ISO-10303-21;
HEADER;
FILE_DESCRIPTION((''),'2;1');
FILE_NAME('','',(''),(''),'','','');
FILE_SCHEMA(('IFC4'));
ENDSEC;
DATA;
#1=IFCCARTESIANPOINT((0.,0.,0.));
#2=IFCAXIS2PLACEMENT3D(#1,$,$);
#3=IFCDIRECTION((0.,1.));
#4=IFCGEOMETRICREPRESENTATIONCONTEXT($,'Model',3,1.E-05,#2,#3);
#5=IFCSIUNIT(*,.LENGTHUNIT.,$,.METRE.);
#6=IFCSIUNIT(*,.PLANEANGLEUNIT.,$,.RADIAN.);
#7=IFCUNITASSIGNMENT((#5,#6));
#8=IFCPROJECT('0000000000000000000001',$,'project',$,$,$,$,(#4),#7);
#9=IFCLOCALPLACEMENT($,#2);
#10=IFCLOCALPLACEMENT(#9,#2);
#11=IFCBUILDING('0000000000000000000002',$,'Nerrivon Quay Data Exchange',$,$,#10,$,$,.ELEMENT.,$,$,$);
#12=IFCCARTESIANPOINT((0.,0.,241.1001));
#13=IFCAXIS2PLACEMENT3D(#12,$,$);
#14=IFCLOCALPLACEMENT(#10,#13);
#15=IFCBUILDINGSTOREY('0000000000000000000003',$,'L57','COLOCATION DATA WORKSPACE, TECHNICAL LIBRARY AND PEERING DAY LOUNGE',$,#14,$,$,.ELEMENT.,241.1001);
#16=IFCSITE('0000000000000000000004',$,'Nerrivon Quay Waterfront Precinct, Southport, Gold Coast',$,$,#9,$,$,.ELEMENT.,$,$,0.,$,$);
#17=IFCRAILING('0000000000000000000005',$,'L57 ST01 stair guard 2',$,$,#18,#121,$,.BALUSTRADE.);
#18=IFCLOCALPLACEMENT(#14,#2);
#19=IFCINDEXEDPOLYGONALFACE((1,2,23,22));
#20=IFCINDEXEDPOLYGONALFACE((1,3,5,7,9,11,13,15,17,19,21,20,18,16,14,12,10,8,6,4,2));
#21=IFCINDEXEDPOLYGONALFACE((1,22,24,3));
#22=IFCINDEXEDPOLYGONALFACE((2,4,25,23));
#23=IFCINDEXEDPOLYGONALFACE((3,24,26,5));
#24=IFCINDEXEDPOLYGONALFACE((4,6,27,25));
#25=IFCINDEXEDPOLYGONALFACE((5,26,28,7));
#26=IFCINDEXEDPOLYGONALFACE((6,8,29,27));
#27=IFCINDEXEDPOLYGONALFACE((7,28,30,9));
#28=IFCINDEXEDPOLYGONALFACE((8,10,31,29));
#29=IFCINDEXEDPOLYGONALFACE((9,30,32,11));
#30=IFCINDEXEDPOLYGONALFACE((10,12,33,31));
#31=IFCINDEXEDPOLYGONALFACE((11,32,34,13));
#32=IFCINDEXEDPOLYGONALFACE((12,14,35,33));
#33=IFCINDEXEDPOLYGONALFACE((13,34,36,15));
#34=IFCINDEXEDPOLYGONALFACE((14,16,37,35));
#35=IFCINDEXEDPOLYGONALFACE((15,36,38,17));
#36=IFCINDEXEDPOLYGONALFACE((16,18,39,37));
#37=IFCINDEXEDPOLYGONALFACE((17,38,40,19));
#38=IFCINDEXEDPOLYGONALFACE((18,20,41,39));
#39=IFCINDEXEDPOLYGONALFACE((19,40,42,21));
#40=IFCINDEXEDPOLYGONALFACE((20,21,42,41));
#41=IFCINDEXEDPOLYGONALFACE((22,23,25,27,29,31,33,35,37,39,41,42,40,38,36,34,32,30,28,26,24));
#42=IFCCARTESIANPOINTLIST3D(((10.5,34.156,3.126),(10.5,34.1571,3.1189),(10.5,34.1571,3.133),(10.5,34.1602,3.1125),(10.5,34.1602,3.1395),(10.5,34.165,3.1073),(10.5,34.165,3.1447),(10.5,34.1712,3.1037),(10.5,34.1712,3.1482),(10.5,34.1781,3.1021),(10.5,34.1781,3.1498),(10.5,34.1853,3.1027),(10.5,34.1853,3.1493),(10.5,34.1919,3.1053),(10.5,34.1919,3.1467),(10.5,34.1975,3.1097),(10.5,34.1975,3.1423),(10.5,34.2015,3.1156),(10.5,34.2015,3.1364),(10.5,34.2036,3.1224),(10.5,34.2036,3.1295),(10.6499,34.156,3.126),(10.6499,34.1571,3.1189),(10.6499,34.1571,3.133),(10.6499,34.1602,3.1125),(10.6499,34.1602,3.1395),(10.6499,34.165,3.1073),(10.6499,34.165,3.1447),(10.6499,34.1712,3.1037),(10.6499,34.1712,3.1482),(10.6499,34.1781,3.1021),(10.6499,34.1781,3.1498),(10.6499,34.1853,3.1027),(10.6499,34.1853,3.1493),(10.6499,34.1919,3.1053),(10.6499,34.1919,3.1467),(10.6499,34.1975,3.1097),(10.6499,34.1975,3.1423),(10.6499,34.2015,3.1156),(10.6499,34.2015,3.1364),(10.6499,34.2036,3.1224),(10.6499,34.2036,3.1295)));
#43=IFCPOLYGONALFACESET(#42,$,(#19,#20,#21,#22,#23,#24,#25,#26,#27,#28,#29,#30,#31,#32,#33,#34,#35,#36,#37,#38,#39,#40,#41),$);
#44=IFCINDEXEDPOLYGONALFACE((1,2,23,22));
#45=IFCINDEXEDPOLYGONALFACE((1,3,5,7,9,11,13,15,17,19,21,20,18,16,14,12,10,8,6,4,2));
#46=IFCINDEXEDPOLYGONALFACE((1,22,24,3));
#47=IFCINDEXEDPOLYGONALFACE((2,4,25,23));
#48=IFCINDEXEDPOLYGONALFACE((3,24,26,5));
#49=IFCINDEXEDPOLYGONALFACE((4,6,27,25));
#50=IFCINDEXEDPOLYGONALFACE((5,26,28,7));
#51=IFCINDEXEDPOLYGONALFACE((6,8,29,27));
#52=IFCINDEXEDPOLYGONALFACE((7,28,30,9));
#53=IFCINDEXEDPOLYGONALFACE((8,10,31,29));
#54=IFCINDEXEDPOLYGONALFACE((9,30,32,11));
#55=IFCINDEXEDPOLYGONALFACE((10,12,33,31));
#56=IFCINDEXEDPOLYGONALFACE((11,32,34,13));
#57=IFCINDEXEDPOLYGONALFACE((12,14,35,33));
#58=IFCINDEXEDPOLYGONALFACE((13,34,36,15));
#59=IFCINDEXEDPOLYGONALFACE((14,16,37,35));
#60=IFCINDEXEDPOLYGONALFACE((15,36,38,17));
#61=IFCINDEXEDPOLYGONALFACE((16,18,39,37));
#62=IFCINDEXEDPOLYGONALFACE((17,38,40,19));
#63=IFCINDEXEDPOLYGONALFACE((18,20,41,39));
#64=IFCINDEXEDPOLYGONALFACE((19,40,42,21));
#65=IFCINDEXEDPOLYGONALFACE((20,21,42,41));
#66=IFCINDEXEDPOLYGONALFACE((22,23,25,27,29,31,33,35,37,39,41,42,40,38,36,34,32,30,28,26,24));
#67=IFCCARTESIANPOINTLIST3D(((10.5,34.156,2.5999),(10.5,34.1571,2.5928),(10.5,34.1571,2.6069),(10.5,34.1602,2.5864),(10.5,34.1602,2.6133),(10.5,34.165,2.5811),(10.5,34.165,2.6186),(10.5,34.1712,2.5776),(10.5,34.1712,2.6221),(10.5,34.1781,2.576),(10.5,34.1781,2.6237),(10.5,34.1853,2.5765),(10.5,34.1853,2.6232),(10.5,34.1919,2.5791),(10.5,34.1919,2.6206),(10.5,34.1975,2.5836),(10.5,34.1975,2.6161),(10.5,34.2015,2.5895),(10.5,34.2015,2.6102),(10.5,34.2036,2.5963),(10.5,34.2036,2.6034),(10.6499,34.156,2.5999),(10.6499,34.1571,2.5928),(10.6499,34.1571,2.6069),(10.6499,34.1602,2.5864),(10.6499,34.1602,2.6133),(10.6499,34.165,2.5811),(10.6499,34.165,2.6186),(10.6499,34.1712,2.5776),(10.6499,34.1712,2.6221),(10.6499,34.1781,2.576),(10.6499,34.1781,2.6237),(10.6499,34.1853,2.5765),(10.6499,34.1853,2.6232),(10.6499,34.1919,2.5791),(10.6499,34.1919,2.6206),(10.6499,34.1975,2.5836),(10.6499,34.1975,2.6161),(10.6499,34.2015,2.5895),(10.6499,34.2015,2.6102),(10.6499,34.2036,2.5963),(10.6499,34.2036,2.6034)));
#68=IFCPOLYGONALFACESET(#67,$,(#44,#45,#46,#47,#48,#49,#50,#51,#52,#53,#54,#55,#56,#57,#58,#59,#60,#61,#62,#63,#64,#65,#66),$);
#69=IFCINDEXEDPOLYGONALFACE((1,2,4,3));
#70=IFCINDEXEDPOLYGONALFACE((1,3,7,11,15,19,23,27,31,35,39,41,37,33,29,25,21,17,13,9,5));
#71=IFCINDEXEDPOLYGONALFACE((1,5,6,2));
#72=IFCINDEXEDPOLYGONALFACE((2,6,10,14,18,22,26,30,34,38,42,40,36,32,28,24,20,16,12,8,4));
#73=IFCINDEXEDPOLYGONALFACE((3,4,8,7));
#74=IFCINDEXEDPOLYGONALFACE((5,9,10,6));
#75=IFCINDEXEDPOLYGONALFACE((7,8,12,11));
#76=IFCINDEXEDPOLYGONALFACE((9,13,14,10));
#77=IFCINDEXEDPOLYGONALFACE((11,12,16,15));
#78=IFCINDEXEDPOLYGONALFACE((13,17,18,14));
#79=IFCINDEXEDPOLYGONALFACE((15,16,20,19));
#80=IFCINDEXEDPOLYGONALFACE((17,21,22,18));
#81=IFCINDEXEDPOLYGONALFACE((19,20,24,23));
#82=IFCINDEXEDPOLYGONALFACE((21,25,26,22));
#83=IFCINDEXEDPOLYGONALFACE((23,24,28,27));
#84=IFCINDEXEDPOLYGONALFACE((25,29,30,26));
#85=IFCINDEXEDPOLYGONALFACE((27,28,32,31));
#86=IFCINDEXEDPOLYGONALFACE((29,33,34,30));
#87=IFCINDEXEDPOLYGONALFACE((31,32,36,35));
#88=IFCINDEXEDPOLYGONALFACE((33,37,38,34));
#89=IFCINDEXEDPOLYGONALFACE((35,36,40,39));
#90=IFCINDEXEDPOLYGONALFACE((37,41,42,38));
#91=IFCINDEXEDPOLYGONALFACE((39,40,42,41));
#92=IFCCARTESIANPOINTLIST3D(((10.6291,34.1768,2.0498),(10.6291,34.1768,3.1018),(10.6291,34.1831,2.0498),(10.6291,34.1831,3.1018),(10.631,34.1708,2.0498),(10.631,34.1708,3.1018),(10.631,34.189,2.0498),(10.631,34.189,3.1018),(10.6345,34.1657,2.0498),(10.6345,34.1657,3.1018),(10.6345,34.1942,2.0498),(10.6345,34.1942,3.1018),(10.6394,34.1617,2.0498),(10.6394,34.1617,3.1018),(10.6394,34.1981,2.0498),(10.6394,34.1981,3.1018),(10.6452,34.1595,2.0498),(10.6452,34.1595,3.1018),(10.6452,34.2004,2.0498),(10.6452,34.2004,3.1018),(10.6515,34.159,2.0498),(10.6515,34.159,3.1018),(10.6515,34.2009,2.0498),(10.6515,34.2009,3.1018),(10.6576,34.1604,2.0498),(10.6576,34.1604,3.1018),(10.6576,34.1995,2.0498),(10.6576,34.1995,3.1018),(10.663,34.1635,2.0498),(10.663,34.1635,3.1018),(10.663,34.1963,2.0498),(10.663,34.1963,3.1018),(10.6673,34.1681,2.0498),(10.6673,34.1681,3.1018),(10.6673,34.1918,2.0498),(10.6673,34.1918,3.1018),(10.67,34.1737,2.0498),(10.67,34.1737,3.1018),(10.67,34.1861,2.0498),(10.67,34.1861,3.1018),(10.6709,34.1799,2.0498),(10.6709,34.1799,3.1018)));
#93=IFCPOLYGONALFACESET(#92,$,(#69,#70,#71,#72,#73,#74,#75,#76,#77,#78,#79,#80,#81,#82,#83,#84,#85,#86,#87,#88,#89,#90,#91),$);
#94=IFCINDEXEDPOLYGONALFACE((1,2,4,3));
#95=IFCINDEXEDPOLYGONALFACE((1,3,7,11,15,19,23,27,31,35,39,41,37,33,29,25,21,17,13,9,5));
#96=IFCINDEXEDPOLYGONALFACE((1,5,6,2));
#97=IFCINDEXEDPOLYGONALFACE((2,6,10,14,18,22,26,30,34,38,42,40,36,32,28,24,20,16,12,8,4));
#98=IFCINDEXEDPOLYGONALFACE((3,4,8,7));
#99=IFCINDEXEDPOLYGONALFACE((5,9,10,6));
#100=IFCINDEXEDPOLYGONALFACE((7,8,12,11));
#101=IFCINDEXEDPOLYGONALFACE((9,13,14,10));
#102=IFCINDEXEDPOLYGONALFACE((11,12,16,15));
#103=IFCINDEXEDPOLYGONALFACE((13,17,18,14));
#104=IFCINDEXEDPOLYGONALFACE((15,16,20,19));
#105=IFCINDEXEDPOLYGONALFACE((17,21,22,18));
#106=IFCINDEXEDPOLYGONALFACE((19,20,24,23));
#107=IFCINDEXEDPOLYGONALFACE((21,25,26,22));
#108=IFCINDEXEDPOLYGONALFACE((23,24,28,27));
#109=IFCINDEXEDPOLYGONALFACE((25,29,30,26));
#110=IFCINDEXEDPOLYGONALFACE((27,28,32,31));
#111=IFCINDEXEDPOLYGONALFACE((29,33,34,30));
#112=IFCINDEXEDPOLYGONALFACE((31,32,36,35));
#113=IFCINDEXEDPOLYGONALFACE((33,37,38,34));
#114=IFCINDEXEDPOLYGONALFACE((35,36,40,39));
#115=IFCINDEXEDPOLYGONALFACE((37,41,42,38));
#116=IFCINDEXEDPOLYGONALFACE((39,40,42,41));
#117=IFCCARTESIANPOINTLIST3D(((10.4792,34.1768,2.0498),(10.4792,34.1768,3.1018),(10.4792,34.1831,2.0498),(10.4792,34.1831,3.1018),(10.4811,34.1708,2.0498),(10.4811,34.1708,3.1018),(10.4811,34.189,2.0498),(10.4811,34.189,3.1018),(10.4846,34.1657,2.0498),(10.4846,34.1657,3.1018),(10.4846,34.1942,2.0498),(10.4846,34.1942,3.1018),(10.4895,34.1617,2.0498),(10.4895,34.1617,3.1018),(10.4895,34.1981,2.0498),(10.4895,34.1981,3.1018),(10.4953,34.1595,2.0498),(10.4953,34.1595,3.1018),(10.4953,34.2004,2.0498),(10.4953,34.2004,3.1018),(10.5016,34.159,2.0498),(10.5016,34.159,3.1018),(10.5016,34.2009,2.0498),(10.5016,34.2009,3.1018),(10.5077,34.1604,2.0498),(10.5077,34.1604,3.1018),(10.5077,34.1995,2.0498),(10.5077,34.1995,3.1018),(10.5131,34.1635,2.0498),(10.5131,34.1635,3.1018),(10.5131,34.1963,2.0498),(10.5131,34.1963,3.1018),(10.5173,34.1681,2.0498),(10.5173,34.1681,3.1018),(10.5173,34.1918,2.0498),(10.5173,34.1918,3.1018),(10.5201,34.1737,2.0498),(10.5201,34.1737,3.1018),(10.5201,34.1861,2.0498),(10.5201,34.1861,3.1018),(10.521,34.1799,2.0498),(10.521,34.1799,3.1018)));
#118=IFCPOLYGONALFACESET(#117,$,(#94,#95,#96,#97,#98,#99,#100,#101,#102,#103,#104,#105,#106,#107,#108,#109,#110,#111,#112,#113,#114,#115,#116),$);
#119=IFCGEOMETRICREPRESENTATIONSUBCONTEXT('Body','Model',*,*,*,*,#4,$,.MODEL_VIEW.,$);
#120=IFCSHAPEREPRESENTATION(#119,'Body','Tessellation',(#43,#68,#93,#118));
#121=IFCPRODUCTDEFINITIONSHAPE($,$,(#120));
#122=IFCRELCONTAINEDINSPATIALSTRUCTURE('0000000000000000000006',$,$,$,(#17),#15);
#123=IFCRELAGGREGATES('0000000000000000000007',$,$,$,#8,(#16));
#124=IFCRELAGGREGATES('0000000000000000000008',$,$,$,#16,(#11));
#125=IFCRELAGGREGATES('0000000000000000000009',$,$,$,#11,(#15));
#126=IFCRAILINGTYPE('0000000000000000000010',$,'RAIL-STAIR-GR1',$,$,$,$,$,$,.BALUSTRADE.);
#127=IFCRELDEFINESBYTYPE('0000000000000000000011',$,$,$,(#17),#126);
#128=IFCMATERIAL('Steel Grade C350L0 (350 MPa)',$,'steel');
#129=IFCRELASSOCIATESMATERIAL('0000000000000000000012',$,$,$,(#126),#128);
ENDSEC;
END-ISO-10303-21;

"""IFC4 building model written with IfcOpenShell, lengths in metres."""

from ifc_helpers import new_model, si_unit, direction, frame, origin, origin_2d, place, context, subcontext, project, spatial, circle, extrude, material, type_object, element, save


model = new_model("IFC4")

# Units and contexts
model_context = context("Model", 3, precision=1e-05, world=origin(), true_north=direction((0.0, 1.0)))
body_context = subcontext(model_context, "Body", "Model", "MODEL_VIEW")
ifc_project = project(units=[si_unit("LENGTHUNIT", "METRE"), si_unit("PLANEANGLEUNIT", "RADIAN")], contexts=[model_context])

# Site, building, storey
site_placement = place(None, origin())
site = spatial("IfcSite", under=ifc_project, at=site_placement, Name="Nerrivon Quay Waterfront Precinct, Southport, Gold Coast", CompositionType="ELEMENT", RefElevation=0.0)
building_placement = place(site_placement, origin())
building = spatial("IfcBuilding", under=site, at=building_placement, Name="Nerrivon Quay Data Exchange", CompositionType="ELEMENT")
storey_placement = place(building_placement, frame((0.0, 0.0, 241.1001)))
storey = spatial("IfcBuildingStorey", under=building, at=storey_placement, Name="L57", Description="COLOCATION DATA WORKSPACE, TECHNICAL LIBRARY AND PEERING DAY LOUNGE", CompositionType="ELEMENT", Elevation=241.1001)

# Shared definitions
ifc_material_1 = material(Name="Steel Grade C350L0 (350 MPa)", Category="steel")

# Railing
railing_type_1 = type_object("IfcRailingType", Name="RAIL-STAIR-GR1", PredefinedType="BALUSTRADE", material=ifc_material_1)
railing_1_placement = place(storey_placement, frame((10.6499, 34.1799, 2.0498)))
element("IfcRailing", 1, at=railing_1_placement, inside=storey, type_object=railing_type_1, Name="L57 ST01 stair guard 2", PredefinedType="BALUSTRADE", context=body_context, shape_type="SweptSolid", body=[
    extrude(circle(Radius=0.0239, at=origin_2d()), frame((0.0, 0.0, 1.0762), z_axis=(-1.0, 0.0, 0.0), x_axis=(0.0, -1.0, 0.0)), (0.0, 0.0, 1.0), 0.1499),
    extrude(circle(Radius=0.0239, at=origin_2d()), frame((0.0, 0.0, 0.55), z_axis=(-1.0, 0.0, 0.0), x_axis=(0.0, -1.0, 0.0)), (0.0, 0.0, 1.0), 0.1499),
    extrude(circle(Radius=0.021, at=origin_2d()), origin(), (0.0, 0.0, 1.0), 1.052),
    extrude(circle(Radius=0.021, at=origin_2d()), frame((-0.1499, 0.0, 0.0)), (0.0, 0.0, 1.0), 1.052),
])

save(model, "model.ifc")
